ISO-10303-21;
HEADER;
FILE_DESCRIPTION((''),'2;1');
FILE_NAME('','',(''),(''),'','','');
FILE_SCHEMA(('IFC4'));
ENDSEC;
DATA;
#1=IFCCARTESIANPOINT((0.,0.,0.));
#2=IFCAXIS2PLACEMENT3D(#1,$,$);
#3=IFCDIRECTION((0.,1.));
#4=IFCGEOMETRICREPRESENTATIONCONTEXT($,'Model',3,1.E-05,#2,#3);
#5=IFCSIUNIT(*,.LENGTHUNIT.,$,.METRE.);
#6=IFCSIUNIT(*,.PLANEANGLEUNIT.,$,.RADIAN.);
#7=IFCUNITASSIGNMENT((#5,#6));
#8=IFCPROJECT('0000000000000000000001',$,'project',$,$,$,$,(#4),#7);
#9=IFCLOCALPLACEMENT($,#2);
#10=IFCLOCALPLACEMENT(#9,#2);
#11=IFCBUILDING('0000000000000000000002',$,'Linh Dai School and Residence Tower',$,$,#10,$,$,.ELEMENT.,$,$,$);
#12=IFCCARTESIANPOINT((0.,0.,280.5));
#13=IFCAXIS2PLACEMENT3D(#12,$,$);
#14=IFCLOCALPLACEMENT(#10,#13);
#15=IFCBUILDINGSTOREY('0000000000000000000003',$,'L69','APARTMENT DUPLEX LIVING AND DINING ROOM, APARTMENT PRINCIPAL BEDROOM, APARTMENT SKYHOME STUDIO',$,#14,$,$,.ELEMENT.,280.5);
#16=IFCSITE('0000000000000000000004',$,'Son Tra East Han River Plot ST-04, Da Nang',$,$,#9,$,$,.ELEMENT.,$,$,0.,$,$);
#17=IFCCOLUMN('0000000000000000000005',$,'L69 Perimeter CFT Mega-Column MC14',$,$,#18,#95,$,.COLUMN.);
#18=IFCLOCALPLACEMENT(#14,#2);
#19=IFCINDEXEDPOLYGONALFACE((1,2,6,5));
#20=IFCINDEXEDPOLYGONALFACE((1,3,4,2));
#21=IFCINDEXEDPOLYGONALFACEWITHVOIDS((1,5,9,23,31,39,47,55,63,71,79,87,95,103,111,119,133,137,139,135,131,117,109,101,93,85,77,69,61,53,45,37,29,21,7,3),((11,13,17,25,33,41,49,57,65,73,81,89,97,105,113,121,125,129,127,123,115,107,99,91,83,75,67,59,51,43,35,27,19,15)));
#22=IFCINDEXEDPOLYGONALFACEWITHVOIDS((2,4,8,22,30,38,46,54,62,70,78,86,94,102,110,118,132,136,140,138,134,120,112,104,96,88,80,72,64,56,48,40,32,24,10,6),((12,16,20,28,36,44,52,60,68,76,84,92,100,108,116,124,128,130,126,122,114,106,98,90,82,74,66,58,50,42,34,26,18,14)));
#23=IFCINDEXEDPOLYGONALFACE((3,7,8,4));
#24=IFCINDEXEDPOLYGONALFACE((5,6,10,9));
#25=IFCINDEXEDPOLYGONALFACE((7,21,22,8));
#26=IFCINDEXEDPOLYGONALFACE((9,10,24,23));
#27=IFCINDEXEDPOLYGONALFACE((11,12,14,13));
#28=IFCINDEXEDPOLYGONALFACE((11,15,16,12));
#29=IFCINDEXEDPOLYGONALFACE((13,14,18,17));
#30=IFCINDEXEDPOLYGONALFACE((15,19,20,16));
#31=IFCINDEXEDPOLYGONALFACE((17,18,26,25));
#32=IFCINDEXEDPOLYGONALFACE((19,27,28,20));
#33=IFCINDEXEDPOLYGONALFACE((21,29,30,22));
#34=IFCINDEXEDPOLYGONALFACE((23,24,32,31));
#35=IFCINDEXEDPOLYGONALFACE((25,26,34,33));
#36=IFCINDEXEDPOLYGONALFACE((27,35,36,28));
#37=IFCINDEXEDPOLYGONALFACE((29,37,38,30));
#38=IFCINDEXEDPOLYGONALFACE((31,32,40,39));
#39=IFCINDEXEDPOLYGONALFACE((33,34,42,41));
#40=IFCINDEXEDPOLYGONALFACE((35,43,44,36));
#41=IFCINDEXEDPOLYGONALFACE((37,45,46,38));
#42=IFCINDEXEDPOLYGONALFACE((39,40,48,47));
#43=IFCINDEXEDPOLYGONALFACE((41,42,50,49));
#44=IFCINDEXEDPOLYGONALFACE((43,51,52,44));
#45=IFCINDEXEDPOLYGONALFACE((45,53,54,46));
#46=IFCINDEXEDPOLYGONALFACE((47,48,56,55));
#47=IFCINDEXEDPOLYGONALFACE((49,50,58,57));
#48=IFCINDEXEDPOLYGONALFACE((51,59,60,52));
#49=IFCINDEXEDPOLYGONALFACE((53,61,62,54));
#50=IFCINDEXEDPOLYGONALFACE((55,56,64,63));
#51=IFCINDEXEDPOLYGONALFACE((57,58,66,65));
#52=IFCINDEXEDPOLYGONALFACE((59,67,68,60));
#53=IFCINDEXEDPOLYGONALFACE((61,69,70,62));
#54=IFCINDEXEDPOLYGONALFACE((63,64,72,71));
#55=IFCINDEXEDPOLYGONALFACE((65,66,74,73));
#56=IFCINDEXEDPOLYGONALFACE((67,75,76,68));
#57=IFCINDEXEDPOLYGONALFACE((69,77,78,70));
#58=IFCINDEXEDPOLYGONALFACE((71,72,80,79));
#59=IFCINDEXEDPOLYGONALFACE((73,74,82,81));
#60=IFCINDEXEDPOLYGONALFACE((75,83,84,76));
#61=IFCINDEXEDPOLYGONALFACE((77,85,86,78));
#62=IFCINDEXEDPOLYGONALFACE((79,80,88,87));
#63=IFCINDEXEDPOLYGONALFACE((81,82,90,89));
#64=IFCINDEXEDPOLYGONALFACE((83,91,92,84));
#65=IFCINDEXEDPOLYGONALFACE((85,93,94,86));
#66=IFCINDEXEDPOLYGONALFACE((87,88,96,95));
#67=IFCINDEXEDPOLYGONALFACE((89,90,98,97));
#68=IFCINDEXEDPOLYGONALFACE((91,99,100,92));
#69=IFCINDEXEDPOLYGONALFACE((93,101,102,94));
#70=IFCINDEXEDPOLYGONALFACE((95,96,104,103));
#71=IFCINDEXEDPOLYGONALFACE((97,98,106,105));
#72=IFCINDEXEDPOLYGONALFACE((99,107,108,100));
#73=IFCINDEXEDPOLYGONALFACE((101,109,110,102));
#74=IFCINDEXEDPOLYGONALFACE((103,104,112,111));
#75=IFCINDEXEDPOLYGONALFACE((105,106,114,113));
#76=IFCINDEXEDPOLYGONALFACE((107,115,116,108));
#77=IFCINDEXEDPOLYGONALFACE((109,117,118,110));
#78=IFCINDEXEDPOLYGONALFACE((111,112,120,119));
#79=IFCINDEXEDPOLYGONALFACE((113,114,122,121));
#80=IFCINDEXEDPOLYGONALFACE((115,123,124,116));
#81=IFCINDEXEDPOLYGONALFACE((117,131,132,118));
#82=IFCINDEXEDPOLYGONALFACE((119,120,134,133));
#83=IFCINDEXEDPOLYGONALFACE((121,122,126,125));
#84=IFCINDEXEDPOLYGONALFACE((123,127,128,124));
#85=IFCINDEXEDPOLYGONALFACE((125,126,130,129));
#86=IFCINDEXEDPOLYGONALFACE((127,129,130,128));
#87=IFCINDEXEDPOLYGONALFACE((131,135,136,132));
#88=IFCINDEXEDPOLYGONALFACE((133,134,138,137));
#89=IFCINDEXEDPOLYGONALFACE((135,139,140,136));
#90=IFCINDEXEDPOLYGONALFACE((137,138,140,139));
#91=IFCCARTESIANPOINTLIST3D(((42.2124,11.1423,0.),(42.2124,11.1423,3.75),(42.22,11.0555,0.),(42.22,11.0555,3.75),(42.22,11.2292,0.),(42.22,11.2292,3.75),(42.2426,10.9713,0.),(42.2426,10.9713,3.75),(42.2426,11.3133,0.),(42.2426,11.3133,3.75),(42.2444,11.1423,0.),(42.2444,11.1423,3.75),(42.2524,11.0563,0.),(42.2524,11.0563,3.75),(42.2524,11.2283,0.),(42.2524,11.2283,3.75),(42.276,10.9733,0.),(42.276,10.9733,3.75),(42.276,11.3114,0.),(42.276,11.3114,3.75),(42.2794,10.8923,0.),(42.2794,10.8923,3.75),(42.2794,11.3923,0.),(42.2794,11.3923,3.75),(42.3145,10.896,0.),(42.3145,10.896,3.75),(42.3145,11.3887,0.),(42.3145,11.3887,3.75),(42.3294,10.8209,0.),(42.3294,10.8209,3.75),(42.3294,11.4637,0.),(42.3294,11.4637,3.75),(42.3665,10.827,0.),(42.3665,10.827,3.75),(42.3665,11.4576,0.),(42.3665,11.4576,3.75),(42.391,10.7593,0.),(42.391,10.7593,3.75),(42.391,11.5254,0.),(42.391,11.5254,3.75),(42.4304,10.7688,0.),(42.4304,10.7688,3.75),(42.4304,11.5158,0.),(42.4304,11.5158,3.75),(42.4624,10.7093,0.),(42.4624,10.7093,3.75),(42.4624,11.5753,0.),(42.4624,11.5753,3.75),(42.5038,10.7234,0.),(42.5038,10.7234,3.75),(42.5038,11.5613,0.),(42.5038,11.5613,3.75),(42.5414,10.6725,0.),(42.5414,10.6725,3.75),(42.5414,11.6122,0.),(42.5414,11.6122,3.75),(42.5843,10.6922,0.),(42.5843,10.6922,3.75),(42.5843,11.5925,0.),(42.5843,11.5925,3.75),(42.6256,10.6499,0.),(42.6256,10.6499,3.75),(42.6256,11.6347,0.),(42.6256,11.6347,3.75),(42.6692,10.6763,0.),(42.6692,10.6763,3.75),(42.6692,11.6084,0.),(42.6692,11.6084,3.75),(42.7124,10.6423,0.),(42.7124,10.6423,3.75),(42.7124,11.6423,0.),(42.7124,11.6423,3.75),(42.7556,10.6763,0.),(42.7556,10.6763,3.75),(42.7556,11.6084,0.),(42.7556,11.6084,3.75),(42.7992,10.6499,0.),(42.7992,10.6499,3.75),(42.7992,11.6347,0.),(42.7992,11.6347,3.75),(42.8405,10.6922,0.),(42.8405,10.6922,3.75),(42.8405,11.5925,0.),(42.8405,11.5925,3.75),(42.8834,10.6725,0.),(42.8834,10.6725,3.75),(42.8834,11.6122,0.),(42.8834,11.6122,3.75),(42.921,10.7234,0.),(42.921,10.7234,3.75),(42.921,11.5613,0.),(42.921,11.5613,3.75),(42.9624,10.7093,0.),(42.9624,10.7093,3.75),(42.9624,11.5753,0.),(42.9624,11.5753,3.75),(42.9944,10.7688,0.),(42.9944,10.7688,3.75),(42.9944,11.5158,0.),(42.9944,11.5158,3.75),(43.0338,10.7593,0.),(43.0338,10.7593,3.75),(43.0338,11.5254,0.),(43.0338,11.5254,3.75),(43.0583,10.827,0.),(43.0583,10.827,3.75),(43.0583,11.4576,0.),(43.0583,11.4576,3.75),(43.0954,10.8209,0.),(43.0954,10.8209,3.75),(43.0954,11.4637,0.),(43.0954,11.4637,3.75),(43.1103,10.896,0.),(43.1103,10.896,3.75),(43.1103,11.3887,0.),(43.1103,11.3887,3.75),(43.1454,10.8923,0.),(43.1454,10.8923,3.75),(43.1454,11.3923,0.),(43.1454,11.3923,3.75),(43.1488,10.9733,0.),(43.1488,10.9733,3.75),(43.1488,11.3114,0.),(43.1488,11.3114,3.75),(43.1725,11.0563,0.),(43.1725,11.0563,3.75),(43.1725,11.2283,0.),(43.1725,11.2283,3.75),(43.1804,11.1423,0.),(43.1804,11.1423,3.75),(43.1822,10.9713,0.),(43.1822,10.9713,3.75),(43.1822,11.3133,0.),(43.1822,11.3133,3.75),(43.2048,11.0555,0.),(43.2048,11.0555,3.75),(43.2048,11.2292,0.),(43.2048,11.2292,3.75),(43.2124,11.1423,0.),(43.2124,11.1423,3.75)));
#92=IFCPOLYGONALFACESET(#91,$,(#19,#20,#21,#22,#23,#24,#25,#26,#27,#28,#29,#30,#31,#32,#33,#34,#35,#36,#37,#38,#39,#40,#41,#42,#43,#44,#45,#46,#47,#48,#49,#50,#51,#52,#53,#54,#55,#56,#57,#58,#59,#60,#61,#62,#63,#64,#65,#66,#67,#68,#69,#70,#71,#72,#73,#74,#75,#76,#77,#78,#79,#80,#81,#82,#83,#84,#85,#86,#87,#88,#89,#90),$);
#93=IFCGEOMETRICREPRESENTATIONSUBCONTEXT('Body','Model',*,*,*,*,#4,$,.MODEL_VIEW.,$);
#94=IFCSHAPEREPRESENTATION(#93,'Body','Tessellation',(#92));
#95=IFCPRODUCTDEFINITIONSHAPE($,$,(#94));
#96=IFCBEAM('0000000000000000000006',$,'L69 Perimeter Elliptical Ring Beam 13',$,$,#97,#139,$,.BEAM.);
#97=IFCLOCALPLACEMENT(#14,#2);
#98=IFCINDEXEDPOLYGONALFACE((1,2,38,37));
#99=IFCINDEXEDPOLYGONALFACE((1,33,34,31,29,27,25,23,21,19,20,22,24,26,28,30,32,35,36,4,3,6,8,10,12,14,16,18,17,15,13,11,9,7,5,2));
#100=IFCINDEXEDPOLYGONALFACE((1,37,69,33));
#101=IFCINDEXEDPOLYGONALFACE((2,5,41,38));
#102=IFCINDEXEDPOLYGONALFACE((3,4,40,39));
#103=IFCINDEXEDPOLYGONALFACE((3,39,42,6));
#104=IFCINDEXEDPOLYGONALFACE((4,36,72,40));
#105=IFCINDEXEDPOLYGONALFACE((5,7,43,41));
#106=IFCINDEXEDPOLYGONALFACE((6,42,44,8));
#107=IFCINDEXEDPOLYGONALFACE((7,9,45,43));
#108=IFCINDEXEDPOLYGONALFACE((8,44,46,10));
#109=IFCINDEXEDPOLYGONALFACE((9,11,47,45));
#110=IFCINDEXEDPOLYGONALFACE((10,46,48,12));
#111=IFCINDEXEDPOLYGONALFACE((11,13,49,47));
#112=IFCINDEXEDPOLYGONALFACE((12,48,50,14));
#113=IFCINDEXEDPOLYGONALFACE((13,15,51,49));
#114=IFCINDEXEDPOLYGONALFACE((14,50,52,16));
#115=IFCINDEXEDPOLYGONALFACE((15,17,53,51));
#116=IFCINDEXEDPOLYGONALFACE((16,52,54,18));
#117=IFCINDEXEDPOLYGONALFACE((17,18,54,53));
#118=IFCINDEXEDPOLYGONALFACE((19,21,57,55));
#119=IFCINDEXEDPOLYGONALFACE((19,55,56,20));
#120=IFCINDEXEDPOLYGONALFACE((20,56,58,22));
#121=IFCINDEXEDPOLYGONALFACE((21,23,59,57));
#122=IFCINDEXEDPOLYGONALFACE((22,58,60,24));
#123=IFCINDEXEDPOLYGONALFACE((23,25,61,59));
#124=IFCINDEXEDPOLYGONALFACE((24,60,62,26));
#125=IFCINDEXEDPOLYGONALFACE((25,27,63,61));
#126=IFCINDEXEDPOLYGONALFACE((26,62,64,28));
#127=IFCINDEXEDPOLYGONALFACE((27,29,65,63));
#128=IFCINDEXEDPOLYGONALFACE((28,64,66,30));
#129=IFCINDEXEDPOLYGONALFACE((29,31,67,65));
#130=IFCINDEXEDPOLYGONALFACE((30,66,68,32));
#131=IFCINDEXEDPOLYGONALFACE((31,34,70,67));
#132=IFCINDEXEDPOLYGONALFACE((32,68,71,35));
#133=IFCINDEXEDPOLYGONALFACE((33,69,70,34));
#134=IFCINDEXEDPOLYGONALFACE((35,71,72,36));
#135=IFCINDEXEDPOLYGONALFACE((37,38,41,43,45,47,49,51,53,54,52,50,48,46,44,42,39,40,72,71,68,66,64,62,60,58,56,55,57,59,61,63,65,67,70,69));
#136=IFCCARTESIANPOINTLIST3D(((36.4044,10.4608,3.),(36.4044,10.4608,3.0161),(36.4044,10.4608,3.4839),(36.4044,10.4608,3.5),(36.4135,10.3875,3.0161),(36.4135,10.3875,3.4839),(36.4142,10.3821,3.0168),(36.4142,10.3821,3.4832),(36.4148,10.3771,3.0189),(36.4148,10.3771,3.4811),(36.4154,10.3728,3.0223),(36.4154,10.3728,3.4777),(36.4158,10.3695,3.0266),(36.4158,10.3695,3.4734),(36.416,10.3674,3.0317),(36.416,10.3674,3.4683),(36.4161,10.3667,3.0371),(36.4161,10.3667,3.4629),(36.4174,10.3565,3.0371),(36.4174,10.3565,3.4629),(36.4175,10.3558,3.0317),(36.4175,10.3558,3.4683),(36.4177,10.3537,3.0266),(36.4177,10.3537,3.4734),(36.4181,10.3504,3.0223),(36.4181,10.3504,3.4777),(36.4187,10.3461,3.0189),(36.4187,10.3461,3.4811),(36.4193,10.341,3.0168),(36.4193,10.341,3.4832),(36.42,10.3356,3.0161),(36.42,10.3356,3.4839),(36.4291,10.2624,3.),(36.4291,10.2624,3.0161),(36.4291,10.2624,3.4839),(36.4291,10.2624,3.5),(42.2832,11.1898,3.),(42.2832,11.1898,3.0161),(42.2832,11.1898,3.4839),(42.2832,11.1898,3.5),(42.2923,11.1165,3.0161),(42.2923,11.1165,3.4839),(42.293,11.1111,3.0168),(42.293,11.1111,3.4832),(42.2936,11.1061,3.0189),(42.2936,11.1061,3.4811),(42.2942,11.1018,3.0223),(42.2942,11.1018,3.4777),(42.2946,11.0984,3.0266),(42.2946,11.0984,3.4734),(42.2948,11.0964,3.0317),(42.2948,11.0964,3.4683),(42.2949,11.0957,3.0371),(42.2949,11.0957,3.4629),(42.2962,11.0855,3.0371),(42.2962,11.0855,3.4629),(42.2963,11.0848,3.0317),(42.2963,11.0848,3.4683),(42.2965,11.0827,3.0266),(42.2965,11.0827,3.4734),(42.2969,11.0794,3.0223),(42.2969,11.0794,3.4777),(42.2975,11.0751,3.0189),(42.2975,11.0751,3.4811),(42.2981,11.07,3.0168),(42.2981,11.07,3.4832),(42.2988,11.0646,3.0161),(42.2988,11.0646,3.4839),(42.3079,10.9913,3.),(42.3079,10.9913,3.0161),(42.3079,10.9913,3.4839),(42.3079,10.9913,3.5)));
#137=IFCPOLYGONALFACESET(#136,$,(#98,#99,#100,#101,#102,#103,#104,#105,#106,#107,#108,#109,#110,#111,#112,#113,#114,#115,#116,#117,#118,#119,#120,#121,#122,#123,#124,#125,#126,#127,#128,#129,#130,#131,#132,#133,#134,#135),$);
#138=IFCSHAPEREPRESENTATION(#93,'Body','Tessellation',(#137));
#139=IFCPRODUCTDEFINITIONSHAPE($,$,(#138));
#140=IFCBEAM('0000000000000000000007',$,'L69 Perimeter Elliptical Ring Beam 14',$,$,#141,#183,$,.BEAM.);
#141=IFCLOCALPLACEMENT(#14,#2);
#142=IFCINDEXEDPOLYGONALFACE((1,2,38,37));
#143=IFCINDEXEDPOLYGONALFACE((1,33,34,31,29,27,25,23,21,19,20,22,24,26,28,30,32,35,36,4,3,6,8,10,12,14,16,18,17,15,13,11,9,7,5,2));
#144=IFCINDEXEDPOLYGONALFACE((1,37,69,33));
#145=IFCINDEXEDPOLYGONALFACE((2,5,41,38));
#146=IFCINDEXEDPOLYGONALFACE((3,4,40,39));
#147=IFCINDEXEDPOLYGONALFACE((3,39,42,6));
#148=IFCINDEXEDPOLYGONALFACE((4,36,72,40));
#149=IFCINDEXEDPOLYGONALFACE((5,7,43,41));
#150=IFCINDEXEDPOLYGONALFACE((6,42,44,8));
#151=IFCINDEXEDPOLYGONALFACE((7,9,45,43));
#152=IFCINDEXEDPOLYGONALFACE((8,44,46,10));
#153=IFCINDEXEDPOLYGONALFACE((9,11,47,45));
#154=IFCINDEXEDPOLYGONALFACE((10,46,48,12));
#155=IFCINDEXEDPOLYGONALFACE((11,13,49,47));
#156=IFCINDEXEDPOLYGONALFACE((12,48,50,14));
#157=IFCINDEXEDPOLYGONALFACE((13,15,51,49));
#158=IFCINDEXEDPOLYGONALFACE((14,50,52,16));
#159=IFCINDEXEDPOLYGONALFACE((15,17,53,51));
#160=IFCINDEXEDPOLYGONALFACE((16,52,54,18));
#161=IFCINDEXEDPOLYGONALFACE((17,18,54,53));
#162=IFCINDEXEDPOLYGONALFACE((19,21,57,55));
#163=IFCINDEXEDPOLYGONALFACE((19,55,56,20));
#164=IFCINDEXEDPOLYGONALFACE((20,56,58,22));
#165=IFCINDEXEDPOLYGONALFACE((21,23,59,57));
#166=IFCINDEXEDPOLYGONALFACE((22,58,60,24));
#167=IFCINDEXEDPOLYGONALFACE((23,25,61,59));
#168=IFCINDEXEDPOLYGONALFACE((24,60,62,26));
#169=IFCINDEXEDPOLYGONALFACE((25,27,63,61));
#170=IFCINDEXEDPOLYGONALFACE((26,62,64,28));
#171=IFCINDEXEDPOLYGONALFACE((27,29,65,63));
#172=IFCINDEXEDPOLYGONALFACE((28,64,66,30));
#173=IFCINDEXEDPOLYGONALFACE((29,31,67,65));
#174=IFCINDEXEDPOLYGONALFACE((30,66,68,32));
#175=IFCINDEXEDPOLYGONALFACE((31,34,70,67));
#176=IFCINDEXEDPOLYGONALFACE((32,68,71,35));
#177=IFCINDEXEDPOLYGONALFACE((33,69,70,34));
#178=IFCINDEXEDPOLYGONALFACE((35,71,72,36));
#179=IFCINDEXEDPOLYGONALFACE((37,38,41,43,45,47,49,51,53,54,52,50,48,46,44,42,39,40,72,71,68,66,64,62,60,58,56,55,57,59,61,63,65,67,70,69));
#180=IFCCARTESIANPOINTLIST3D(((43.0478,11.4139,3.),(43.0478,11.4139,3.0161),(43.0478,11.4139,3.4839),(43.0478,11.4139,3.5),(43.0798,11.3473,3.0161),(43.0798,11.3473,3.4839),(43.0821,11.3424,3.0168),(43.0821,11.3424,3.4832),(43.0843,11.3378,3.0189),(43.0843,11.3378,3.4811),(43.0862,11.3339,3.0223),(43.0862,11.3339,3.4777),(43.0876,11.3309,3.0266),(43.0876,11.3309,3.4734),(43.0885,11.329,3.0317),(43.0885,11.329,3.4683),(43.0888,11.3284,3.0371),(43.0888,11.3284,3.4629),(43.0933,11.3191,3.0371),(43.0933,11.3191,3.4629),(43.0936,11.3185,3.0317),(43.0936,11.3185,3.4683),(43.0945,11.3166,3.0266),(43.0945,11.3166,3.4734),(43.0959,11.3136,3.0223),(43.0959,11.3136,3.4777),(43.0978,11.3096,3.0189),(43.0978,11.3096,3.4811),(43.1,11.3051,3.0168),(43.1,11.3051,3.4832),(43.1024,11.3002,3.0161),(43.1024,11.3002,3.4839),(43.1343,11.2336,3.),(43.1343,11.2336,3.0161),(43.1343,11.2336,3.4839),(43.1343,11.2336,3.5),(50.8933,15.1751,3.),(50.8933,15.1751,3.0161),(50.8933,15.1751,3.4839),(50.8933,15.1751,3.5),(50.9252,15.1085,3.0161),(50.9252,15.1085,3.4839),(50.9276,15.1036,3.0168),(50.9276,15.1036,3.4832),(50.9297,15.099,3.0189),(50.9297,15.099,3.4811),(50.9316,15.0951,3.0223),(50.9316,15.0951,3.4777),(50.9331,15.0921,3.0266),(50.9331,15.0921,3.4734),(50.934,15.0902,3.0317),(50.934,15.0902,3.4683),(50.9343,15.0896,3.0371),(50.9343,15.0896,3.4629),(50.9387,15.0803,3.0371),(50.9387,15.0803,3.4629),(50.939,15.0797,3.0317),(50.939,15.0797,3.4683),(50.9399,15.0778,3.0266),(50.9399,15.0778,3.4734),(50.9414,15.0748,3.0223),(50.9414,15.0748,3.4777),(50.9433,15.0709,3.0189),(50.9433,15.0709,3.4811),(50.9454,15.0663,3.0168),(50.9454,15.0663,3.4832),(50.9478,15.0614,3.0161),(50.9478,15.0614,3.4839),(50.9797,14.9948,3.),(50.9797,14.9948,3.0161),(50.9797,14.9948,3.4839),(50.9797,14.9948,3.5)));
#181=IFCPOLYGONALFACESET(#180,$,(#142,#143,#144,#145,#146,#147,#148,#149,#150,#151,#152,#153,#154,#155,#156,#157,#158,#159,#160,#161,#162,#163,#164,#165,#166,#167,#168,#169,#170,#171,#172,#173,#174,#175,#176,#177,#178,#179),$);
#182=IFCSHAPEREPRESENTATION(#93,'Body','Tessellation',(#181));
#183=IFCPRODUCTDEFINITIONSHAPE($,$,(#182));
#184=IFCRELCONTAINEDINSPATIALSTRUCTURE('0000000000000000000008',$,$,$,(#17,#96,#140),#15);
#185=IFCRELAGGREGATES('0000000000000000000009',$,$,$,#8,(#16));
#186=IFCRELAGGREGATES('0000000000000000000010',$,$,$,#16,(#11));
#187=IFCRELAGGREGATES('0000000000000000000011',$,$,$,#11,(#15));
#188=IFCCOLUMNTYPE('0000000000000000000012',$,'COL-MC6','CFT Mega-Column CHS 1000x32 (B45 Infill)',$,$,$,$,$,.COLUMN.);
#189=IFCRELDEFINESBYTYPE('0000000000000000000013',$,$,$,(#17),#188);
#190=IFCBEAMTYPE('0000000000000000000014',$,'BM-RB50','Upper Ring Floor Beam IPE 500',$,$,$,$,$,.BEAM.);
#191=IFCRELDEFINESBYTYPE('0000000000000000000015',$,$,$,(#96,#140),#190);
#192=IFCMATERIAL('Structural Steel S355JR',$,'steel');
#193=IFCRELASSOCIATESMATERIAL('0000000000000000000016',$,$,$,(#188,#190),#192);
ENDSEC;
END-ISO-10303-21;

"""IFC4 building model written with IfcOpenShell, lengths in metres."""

from ifc_helpers import new_model, si_unit, direction, frame, origin, origin_2d, place, context, subcontext, project, spatial, hollow_circle, i_section, extrude, material, material_profile, profile_set, type_object, element, save


model = new_model("IFC4")

# Units and contexts
model_context = context("Model", 3, precision=1e-05, world=origin(), true_north=direction((0.0, 1.0)))
body_context = subcontext(model_context, "Body", "Model", "MODEL_VIEW")
ifc_project = project(units=[si_unit("LENGTHUNIT", "METRE"), si_unit("PLANEANGLEUNIT", "RADIAN")], contexts=[model_context])

# Site, building, storey
site_placement = place(None, origin())
site = spatial("IfcSite", under=ifc_project, at=site_placement, Name="Son Tra East Han River Plot ST-04, Da Nang", CompositionType="ELEMENT", RefElevation=0.0)
building_placement = place(site_placement, origin())
building = spatial("IfcBuilding", under=site, at=building_placement, Name="Linh Dai School and Residence Tower", CompositionType="ELEMENT")
storey_placement = place(building_placement, frame((0.0, 0.0, 280.5)))
storey = spatial("IfcBuildingStorey", under=building, at=storey_placement, Name="L69", Description="APARTMENT DUPLEX LIVING AND DINING ROOM, APARTMENT PRINCIPAL BEDROOM, APARTMENT SKYHOME STUDIO", CompositionType="ELEMENT", Elevation=280.5)

# Column
ifc_material_1 = material(Name="Structural Steel S355JR", Category="steel")
ifc_material_profile_1 = material_profile(ifc_material_1, hollow_circle(Radius=0.5, WallThickness=0.032, at=origin_2d()), Name="CHS 1000x32")
ifc_profile_set_1 = profile_set([ifc_material_profile_1], Name="Structural Steel S355JR")
column_type_1 = type_object("IfcColumnType", Name="COL-MC6", Description="CFT Mega-Column CHS 1000x32 (B45 Infill)", PredefinedType="COLUMN", material=ifc_profile_set_1)
for number, where, z_axis, x_axis, name in (
    (1, (42.7124, 11.1423, 0.0), (0.0, 0.0, 1.0), (1.0, 0.0, 0.0), "L69 Perimeter CFT Mega-Column MC14"),
):
    element("IfcColumn", number, at=place(storey_placement, frame(where, z_axis=z_axis, x_axis=x_axis)), inside=storey, type_object=column_type_1, Name=name, PredefinedType="COLUMN", context=body_context, shape_type="SweptSolid", body=[
        extrude(hollow_circle(Radius=0.5, WallThickness=0.032, at=origin_2d()), origin(), (0.0, 0.0, 1.0), 3.75),
    ])

# Beams
ifc_material_profile_2 = material_profile(ifc_material_1, i_section(OverallWidth=0.2, OverallDepth=0.5, WebThickness=0.0103, FlangeThickness=0.0161, FilletRadius=0.021, at=origin_2d()), Name="IPE 500")
ifc_profile_set_2 = profile_set([ifc_material_profile_2], Name="Structural Steel S355JR")
beam_type_1 = type_object("IfcBeamType", Name="BM-RB50", Description="Upper Ring Floor Beam IPE 500", PredefinedType="BEAM", material=ifc_profile_set_2)
beam_1_placement = place(storey_placement, frame((36.4167, 10.3616, 3.25), z_axis=(0.992399, 0.123061, 0.0), x_axis=(-0.123061, 0.992399, 0.0)))
element("IfcBeam", 2, at=beam_1_placement, inside=storey, type_object=beam_type_1, Name="L69 Perimeter Elliptical Ring Beam 13", PredefinedType="BEAM", context=body_context, shape_type="SweptSolid", body=[
    extrude(i_section(OverallWidth=0.2, OverallDepth=0.5, WebThickness=0.0103, FlangeThickness=0.0161, FilletRadius=0.021, at=origin_2d()), origin(), (0.0, 0.0, 1.0), 5.9238),
])
beam_2_placement = place(storey_placement, frame((43.0911, 11.3237, 3.25), z_axis=(0.901729, 0.432302, 0.0), x_axis=(-0.432302, 0.901729, 0.0)))
element("IfcBeam", 3, at=beam_2_placement, inside=storey, type_object=beam_type_1, Name="L69 Perimeter Elliptical Ring Beam 14", PredefinedType="BEAM", context=body_context, shape_type="SweptSolid", body=[
    extrude(i_section(OverallWidth=0.2, OverallDepth=0.5, WebThickness=0.0103, FlangeThickness=0.0161, FilletRadius=0.021, at=origin_2d()), origin(), (0.0, 0.0, 1.0), 8.7004),
])

save(model, "model.ifc")
